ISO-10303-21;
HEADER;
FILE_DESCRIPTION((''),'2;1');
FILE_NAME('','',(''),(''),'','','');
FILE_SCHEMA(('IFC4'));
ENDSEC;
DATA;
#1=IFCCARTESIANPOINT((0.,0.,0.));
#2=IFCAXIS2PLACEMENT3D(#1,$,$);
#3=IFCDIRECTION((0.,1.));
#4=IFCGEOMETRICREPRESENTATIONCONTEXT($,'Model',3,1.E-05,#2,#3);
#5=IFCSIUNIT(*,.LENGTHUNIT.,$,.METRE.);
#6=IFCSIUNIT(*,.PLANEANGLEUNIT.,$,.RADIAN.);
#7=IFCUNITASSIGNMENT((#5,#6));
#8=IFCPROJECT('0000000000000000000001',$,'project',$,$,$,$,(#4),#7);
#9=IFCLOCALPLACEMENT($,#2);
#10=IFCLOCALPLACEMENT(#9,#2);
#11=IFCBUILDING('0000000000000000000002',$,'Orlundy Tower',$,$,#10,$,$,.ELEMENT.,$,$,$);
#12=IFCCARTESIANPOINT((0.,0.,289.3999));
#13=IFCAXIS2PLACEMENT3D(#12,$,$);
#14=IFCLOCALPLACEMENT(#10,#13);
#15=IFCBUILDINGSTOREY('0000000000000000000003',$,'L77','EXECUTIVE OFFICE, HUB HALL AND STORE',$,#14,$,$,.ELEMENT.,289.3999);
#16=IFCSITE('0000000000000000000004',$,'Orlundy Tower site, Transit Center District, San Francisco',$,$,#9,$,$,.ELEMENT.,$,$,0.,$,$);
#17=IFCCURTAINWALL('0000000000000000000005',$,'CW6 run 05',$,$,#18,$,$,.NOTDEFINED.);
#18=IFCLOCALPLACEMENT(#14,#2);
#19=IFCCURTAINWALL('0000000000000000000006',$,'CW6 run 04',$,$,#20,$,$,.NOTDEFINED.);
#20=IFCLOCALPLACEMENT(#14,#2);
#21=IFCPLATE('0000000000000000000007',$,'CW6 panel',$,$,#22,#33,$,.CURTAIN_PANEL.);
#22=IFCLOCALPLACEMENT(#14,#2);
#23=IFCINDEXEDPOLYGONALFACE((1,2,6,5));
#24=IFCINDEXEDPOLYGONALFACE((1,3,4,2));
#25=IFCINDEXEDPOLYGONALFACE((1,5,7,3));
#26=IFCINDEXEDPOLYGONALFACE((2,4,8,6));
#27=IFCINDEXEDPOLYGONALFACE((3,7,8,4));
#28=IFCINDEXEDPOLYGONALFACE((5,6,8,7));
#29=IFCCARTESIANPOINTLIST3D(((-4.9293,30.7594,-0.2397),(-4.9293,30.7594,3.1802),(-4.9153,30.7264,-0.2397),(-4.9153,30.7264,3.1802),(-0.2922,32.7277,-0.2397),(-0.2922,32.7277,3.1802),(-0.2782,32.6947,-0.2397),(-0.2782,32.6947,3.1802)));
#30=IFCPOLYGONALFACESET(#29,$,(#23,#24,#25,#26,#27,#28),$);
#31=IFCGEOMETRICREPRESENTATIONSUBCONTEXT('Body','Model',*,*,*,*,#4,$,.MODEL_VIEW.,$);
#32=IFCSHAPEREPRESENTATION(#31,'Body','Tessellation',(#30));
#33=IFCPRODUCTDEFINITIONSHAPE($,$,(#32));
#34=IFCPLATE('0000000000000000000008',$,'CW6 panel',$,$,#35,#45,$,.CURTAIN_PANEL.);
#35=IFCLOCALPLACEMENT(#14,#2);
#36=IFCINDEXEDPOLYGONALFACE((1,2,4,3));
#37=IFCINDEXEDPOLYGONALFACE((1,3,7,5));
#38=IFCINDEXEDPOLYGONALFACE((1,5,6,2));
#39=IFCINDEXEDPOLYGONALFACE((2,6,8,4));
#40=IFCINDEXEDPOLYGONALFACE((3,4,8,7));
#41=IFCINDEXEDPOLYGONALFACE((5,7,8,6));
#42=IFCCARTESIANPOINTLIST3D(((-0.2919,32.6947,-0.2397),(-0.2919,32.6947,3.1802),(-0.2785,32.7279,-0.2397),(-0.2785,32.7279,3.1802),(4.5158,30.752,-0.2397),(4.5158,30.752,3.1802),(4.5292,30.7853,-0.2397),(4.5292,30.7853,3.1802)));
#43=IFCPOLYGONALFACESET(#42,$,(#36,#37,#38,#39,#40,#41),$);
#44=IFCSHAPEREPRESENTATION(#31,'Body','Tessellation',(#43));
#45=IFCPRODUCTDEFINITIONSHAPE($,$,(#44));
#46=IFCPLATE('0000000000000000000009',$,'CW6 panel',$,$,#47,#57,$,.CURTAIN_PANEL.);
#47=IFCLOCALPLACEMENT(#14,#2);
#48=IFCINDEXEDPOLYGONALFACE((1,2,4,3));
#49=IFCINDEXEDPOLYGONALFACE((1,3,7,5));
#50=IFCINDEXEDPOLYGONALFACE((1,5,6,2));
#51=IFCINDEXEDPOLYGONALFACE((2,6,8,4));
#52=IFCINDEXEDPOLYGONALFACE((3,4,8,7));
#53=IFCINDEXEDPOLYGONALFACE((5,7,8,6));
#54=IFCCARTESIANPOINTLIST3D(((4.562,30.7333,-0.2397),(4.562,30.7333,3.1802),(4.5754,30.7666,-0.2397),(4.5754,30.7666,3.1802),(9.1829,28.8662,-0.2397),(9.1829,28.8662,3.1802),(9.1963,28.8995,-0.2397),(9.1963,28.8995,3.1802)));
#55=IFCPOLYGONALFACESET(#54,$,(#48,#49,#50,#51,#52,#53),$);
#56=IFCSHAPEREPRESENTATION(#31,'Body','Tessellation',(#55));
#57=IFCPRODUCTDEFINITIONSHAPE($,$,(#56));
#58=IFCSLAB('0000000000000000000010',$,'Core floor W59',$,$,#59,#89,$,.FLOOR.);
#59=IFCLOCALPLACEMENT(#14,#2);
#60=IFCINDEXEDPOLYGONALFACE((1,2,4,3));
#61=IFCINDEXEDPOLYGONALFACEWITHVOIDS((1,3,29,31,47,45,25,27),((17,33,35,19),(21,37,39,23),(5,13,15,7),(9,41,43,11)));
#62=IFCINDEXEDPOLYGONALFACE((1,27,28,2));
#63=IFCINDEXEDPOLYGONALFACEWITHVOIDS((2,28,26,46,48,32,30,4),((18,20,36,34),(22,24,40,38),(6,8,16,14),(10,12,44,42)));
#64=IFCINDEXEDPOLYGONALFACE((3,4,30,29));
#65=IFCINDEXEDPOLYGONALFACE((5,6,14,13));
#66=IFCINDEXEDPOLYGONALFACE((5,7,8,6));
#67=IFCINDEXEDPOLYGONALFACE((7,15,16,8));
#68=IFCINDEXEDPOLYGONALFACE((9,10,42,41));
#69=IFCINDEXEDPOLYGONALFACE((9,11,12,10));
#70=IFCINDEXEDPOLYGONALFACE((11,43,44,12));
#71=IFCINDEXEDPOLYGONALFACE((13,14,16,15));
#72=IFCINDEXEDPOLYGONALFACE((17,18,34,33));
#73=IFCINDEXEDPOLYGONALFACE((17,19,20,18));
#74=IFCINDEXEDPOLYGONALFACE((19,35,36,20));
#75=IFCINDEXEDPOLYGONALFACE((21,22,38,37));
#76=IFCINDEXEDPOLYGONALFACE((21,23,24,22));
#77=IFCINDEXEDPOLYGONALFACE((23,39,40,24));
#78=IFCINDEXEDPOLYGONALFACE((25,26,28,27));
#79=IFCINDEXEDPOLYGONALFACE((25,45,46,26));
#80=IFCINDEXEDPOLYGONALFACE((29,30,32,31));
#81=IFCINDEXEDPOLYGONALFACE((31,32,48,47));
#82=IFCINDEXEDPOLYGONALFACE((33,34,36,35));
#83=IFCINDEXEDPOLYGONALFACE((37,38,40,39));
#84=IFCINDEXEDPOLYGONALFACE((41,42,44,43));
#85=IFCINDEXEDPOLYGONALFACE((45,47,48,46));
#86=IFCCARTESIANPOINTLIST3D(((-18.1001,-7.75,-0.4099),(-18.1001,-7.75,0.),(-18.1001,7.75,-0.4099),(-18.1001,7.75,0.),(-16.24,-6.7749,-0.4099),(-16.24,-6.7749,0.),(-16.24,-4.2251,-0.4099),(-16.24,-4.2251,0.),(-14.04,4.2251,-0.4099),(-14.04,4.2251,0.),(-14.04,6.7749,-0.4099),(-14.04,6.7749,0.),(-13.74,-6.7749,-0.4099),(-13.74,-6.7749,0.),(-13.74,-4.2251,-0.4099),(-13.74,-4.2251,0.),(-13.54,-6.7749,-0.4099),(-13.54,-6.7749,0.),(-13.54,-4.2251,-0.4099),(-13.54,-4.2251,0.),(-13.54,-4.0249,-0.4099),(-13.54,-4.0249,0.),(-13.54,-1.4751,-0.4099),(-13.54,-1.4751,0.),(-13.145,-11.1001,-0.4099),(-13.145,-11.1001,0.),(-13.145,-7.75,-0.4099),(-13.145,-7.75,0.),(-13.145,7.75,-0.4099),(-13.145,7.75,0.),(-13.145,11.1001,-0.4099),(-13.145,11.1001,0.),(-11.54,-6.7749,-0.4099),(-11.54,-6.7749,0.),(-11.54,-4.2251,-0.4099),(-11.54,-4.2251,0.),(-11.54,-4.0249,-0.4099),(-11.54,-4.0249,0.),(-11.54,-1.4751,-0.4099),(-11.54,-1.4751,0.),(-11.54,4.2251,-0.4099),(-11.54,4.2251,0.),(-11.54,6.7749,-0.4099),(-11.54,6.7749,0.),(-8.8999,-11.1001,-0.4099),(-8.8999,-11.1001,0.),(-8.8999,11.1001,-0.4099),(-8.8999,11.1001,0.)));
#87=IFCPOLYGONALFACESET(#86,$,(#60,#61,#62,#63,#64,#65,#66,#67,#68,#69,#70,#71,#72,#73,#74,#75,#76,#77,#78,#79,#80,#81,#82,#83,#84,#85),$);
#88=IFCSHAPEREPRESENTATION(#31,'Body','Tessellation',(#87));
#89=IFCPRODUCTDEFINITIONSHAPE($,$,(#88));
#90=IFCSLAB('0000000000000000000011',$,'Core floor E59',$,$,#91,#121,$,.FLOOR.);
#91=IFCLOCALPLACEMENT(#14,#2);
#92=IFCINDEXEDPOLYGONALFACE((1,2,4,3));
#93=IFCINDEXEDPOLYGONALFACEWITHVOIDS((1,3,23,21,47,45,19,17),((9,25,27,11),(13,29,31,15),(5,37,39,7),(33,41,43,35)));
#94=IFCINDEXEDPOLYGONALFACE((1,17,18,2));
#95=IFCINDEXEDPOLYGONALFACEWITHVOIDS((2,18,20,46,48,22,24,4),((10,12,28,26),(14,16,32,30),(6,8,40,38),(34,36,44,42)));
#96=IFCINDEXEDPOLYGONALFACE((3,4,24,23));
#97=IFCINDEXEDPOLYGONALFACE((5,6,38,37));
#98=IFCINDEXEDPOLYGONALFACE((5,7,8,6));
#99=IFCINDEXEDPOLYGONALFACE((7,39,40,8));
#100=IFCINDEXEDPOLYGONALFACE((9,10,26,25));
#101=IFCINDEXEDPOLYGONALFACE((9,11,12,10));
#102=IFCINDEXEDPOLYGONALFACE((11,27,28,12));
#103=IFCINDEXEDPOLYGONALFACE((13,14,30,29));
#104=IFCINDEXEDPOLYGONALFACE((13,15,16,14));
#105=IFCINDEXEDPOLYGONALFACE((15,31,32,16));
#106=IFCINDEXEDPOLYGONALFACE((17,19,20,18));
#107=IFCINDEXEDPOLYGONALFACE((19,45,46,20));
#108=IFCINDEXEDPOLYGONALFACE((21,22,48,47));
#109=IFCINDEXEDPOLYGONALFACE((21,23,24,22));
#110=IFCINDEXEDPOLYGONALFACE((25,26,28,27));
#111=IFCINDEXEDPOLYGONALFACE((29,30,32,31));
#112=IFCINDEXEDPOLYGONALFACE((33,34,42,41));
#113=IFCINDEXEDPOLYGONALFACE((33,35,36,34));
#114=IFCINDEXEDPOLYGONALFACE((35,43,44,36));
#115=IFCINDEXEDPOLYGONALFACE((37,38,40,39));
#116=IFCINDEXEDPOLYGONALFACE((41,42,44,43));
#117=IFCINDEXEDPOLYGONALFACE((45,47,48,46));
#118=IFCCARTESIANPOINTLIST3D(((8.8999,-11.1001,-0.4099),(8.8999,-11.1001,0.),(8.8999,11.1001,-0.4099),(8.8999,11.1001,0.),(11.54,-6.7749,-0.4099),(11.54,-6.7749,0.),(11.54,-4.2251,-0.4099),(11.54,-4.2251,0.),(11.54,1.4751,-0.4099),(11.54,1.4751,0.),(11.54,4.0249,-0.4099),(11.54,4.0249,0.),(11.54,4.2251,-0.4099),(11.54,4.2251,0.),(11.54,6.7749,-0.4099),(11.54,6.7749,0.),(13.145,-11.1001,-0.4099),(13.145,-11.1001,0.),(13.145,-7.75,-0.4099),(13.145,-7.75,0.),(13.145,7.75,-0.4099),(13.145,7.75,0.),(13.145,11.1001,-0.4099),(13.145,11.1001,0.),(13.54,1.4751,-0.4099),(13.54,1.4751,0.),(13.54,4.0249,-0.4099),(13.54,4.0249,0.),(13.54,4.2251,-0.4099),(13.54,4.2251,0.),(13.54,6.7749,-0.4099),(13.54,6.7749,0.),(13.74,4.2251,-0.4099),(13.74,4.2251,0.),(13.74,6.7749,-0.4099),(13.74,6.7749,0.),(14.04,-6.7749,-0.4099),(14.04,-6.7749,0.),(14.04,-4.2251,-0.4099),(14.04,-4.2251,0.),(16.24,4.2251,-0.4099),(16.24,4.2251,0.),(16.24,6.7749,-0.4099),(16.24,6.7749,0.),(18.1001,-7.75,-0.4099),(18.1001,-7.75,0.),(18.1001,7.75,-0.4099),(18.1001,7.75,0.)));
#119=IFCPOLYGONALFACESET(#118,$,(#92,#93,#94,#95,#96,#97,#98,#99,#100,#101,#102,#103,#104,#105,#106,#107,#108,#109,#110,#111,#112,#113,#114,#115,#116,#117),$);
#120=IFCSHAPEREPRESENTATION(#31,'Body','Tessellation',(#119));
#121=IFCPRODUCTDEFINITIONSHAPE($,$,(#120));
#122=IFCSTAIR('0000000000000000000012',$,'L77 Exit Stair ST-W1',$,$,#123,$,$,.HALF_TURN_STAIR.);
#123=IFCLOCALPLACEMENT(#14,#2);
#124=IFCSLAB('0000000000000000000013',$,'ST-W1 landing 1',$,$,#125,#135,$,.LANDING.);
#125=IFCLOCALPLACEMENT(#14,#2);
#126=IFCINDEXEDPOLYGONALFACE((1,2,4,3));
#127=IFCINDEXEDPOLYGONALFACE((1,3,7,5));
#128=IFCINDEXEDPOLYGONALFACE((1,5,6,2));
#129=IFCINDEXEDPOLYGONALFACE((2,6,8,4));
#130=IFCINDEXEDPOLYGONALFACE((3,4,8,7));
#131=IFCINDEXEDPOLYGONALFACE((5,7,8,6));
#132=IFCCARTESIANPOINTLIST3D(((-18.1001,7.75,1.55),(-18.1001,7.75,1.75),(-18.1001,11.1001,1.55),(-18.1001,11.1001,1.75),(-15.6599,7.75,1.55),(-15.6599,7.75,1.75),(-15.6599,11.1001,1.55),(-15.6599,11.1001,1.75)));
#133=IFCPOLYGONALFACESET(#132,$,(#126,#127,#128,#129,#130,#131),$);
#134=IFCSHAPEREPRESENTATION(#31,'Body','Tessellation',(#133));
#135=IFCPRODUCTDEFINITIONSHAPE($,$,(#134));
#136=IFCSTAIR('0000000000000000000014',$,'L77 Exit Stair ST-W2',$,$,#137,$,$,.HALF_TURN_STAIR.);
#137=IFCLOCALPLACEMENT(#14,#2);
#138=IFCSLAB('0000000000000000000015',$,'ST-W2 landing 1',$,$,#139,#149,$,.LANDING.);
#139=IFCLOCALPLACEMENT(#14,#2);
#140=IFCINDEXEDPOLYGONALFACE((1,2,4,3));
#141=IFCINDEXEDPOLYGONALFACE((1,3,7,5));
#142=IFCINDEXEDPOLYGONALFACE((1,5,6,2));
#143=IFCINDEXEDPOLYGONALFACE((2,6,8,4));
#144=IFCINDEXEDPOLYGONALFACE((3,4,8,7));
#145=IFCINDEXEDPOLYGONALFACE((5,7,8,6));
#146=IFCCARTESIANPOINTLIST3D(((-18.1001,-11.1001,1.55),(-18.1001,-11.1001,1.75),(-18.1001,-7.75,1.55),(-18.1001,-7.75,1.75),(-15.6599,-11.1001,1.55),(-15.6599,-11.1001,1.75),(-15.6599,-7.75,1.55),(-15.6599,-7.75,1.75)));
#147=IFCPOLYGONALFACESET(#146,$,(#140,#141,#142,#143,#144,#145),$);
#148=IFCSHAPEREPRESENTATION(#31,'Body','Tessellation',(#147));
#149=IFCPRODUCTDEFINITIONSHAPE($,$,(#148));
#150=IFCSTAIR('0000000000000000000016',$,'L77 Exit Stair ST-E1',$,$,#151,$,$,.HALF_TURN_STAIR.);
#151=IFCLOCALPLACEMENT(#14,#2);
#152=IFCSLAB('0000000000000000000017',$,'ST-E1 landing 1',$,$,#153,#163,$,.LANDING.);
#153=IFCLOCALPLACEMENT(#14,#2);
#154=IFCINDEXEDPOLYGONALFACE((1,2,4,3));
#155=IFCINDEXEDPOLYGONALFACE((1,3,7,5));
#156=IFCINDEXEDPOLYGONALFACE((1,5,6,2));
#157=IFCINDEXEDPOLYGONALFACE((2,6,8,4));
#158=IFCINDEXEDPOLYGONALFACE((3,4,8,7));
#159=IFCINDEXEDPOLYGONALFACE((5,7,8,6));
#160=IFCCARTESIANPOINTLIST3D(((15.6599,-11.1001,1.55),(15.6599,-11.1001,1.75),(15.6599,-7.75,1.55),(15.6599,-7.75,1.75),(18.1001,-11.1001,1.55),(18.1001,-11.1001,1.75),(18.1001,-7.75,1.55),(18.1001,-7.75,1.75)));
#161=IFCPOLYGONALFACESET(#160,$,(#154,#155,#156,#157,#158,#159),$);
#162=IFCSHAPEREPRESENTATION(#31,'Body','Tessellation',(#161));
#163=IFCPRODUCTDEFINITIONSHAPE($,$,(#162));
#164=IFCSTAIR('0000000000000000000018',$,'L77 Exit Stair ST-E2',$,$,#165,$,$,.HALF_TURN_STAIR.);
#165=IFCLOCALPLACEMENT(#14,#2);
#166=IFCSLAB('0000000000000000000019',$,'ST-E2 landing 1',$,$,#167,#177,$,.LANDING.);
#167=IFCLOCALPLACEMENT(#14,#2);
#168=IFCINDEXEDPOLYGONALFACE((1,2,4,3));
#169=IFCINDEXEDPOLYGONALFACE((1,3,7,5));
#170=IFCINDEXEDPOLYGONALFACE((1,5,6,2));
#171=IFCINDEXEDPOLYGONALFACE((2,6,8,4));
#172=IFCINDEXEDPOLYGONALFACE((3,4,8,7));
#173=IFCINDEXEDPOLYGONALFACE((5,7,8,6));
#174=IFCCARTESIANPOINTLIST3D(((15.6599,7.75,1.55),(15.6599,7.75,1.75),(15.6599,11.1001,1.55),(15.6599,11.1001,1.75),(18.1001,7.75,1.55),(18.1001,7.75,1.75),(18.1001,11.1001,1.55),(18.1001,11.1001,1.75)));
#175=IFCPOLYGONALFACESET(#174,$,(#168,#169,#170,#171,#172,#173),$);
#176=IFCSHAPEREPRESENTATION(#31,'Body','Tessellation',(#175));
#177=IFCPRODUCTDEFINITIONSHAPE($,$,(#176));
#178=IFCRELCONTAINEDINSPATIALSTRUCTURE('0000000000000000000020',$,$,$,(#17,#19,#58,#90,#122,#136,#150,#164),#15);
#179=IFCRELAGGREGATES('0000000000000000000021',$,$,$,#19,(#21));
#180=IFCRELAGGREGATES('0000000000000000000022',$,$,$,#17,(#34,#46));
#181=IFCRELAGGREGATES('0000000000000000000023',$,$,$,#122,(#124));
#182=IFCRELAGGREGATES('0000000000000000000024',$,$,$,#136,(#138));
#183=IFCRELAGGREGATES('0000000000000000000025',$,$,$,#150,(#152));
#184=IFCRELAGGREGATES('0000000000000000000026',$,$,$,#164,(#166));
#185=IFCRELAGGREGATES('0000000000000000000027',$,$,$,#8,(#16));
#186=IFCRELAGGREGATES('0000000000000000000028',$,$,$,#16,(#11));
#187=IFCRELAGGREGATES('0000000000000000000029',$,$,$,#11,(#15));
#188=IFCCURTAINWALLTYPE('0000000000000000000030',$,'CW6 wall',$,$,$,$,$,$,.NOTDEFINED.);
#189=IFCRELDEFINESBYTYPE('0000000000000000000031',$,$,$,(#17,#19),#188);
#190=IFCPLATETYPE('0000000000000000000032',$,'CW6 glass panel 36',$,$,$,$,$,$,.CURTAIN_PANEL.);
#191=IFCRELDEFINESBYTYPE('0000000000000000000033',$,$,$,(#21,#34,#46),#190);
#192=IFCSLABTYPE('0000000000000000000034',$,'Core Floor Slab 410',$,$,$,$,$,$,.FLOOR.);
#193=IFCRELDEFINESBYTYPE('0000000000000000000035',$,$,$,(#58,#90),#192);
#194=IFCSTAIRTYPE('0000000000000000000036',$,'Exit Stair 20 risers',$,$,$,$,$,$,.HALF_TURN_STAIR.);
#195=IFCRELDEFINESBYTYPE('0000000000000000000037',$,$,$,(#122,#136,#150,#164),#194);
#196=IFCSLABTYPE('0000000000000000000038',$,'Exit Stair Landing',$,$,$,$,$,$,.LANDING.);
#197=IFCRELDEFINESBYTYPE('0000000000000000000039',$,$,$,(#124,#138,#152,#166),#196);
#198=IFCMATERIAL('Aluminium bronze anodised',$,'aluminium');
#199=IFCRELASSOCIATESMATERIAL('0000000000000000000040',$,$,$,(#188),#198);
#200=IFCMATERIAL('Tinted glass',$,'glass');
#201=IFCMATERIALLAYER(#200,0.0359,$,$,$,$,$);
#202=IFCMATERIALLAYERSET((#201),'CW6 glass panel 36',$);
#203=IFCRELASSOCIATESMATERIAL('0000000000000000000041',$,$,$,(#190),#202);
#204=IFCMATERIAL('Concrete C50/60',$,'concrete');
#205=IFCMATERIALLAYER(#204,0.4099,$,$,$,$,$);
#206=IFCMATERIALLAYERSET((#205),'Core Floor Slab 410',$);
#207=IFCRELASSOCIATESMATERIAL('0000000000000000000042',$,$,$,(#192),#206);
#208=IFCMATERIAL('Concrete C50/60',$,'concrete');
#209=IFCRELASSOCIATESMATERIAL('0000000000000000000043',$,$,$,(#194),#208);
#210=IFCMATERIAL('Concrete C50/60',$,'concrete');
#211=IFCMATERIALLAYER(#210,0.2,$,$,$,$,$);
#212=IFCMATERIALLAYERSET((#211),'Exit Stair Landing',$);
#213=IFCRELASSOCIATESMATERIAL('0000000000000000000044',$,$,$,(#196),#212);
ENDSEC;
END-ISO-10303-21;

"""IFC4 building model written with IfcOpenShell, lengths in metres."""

from ifc_helpers import new_model, si_unit, direction, frame, origin, origin_2d, place, context, subcontext, project, spatial, polyline, rectangle, outline, extrude, material, layer, layer_set, type_object, element, aggregate, save


model = new_model("IFC4")

# Units and contexts
model_context = context("Model", 3, precision=1e-05, world=origin(), true_north=direction((0.0, 1.0)))
body_context = subcontext(model_context, "Body", "Model", "MODEL_VIEW")
ifc_project = project(units=[si_unit("LENGTHUNIT", "METRE"), si_unit("PLANEANGLEUNIT", "RADIAN")], contexts=[model_context])

# Site, building, storey
site_placement = place(None, origin())
site = spatial("IfcSite", under=ifc_project, at=site_placement, Name="Orlundy Tower site, Transit Center District, San Francisco", CompositionType="ELEMENT", RefElevation=0.0)
building_placement = place(site_placement, origin())
building = spatial("IfcBuilding", under=site, at=building_placement, Name="Orlundy Tower", CompositionType="ELEMENT")
storey_placement = place(building_placement, frame((0.0, 0.0, 289.3999)))
storey = spatial("IfcBuildingStorey", under=building, at=storey_placement, Name="L77", Description="EXECUTIVE OFFICE, HUB HALL AND STORE", CompositionType="ELEMENT", Elevation=289.3999)

# Curtain wall
ifc_material_1 = material(Name="Aluminium bronze anodised", Category="aluminium")
curtain_wall_type = type_object("IfcCurtainWallType", Name="CW6 wall", PredefinedType="NOTDEFINED", material=ifc_material_1)
curtain_wall_1_placement = place(storey_placement, origin())
curtain_wall_1 = element("IfcCurtainWall", 1, at=curtain_wall_1_placement, inside=storey, type_object=curtain_wall_type, Name="CW6 run 05", PredefinedType="NOTDEFINED")

# Curtain wall
curtain_wall_2_placement = place(storey_placement, origin())
curtain_wall_2 = element("IfcCurtainWall", 2, at=curtain_wall_2_placement, inside=storey, type_object=curtain_wall_type, Name="CW6 run 04", PredefinedType="NOTDEFINED")

# Plates
ifc_material_2 = material(Name="Tinted glass", Category="glass")
ifc_layer_1 = layer(ifc_material_2, 0.0359)
ifc_layer_set_1 = layer_set([ifc_layer_1], Name="CW6 glass panel 36")
plate_type = type_object("IfcPlateType", Name="CW6 glass panel 36", PredefinedType="CURTAIN_PANEL", material=ifc_layer_set_1)
plate_1_placement = place(storey_placement, frame((-2.6038, 31.7271, -0.2397), z_axis=(0.0, 0.0, 1.0), x_axis=(0.920507, 0.390727, 0.0)))
plate_1 = element("IfcPlate", 3, at=plate_1_placement, type_object=plate_type, Name="CW6 panel", PredefinedType="CURTAIN_PANEL", context=body_context, shape_type="SweptSolid", body=[
    extrude(rectangle(XDim=5.0376, YDim=0.0359, at=origin_2d()), origin(), (0.0, 0.0, 1.0), 3.4199),
])
aggregate(curtain_wall_2, [plate_1])
plate_2_placement = place(storey_placement, frame((2.1187, 31.74, -0.2397), z_axis=(0.0, 0.0, 1.0), x_axis=(0.927171, -0.374639, 0.0)))
plate_2 = element("IfcPlate", 4, at=plate_2_placement, type_object=plate_type, Name="CW6 panel", PredefinedType="CURTAIN_PANEL", context=body_context, shape_type="SweptSolid", body=[
    extrude(rectangle(XDim=5.1853, YDim=0.0359, at=origin_2d()), origin(), (0.0, 0.0, 1.0), 3.4199),
])
plate_3_placement = place(storey_placement, frame((6.8792, 29.8164, -0.2397), z_axis=(0.0, 0.0, 1.0), x_axis=(0.927171, -0.374639, 0.0)))
plate_3 = element("IfcPlate", 5, at=plate_3_placement, type_object=plate_type, Name="CW6 panel", PredefinedType="CURTAIN_PANEL", context=body_context, shape_type="SweptSolid", body=[
    extrude(rectangle(XDim=4.9839, YDim=0.0359, at=origin_2d()), origin(), (0.0, 0.0, 1.0), 3.4199),
])
aggregate(curtain_wall_1, [plate_2, plate_3])

# Slabs
ifc_material_3 = material(Name="Concrete C50/60", Category="concrete")
ifc_layer_2 = layer(ifc_material_3, 0.4099)
ifc_layer_set_2 = layer_set([ifc_layer_2], Name="Core Floor Slab 410")
slab_type_1 = type_object("IfcSlabType", Name="Core Floor Slab 410", PredefinedType="FLOOR", material=ifc_layer_set_2)
slab_1_placement = place(storey_placement, frame((0.0, 0.0, -0.4099)))
element("IfcSlab", 6, at=slab_1_placement, inside=storey, type_object=slab_type_1, Name="Core floor W59", PredefinedType="FLOOR", context=body_context, shape_type="SweptSolid", body=[
    extrude(outline(polyline([(-18.1001, 7.75), (-13.145, 7.75), (-13.145, 11.1001), (-8.8999, 11.1001), (-8.8999, -11.1001), (-13.145, -11.1001), (-13.145, -7.75), (-18.1001, -7.75), (-18.1001, 7.75)]), holes=[polyline([(-13.54, -4.2251), (-13.54, -6.7749), (-11.54, -6.7749), (-11.54, -4.2251), (-13.54, -4.2251)]), polyline([(-13.74, -4.2251), (-16.24, -4.2251), (-16.24, -6.7749), (-13.74, -6.7749), (-13.74, -4.2251)]), polyline([(-11.54, -4.0249), (-11.54, -1.4751), (-13.54, -1.4751), (-13.54, -4.0249), (-11.54, -4.0249)]), polyline([(-14.04, 4.2251), (-11.54, 4.2251), (-11.54, 6.7749), (-14.04, 6.7749), (-14.04, 4.2251)])]), origin(), (0.0, 0.0, 1.0), 0.4099),
])
slab_2_placement = place(storey_placement, frame((0.0, 0.0, -0.4099)))
element("IfcSlab", 7, at=slab_2_placement, inside=storey, type_object=slab_type_1, Name="Core floor E59", PredefinedType="FLOOR", context=body_context, shape_type="SweptSolid", body=[
    extrude(outline(polyline([(18.1001, -7.75), (13.145, -7.75), (13.145, -11.1001), (8.8999, -11.1001), (8.8999, 11.1001), (13.145, 11.1001), (13.145, 7.75), (18.1001, 7.75), (18.1001, -7.75)]), holes=[polyline([(13.54, 4.2251), (13.54, 6.7749), (11.54, 6.7749), (11.54, 4.2251), (13.54, 4.2251)]), polyline([(13.74, 4.2251), (16.24, 4.2251), (16.24, 6.7749), (13.74, 6.7749), (13.74, 4.2251)]), polyline([(11.54, 4.0249), (11.54, 1.4751), (13.54, 1.4751), (13.54, 4.0249), (11.54, 4.0249)]), polyline([(14.04, -4.2251), (11.54, -4.2251), (11.54, -6.7749), (14.04, -6.7749), (14.04, -4.2251)])]), origin(), (0.0, 0.0, 1.0), 0.4099),
])

# Stairs, slabs
ifc_material_4 = material(Name="Concrete C50/60", Category="concrete")
stair_type = type_object("IfcStairType", Name="Exit Stair 20 risers", PredefinedType="HALF_TURN_STAIR", material=ifc_material_4)
stair_1_placement = place(storey_placement, origin())
stair_1 = element("IfcStair", 8, at=stair_1_placement, inside=storey, type_object=stair_type, Name="L77 Exit Stair ST-W1", PredefinedType="HALF_TURN_STAIR")
ifc_material_5 = material(Name="Concrete C50/60", Category="concrete")
ifc_layer_3 = layer(ifc_material_5, 0.2)
ifc_layer_set_3 = layer_set([ifc_layer_3], Name="Exit Stair Landing")
slab_type_2 = type_object("IfcSlabType", Name="Exit Stair Landing", PredefinedType="LANDING", material=ifc_layer_set_3)
slab_3_placement = place(storey_placement, frame((0.0, 0.0, 1.55)))
slab_3 = element("IfcSlab", 9, at=slab_3_placement, type_object=slab_type_2, Name="ST-W1 landing 1", PredefinedType="LANDING", context=body_context, shape_type="SweptSolid", body=[
    extrude(outline(polyline([(-15.6599, 11.1001), (-18.1001, 11.1001), (-18.1001, 7.75), (-15.6599, 7.75), (-15.6599, 11.1001)])), origin(), (0.0, 0.0, 1.0), 0.2),
])
aggregate(stair_1, [slab_3])
stair_2_placement = place(storey_placement, origin())
stair_2 = element("IfcStair", 10, at=stair_2_placement, inside=storey, type_object=stair_type, Name="L77 Exit Stair ST-W2", PredefinedType="HALF_TURN_STAIR")
slab_4_placement = place(storey_placement, frame((0.0, 0.0, 1.55)))
slab_4 = element("IfcSlab", 11, at=slab_4_placement, type_object=slab_type_2, Name="ST-W2 landing 1", PredefinedType="LANDING", context=body_context, shape_type="SweptSolid", body=[
    extrude(outline(polyline([(-15.6599, -7.75), (-18.1001, -7.75), (-18.1001, -11.1001), (-15.6599, -11.1001), (-15.6599, -7.75)])), origin(), (0.0, 0.0, 1.0), 0.2),
])
aggregate(stair_2, [slab_4])
stair_3_placement = place(storey_placement, origin())
stair_3 = element("IfcStair", 12, at=stair_3_placement, inside=storey, type_object=stair_type, Name="L77 Exit Stair ST-E1", PredefinedType="HALF_TURN_STAIR")
slab_5_placement = place(storey_placement, frame((0.0, 0.0, 1.55)))
slab_5 = element("IfcSlab", 13, at=slab_5_placement, type_object=slab_type_2, Name="ST-E1 landing 1", PredefinedType="LANDING", context=body_context, shape_type="SweptSolid", body=[
    extrude(outline(polyline([(15.6599, -11.1001), (18.1001, -11.1001), (18.1001, -7.75), (15.6599, -7.75), (15.6599, -11.1001)])), origin(), (0.0, 0.0, 1.0), 0.2),
])
aggregate(stair_3, [slab_5])
stair_4_placement = place(storey_placement, origin())
stair_4 = element("IfcStair", 14, at=stair_4_placement, inside=storey, type_object=stair_type, Name="L77 Exit Stair ST-E2", PredefinedType="HALF_TURN_STAIR")
slab_6_placement = place(storey_placement, frame((0.0, 0.0, 1.55)))
slab_6 = element("IfcSlab", 15, at=slab_6_placement, type_object=slab_type_2, Name="ST-E2 landing 1", PredefinedType="LANDING", context=body_context, shape_type="SweptSolid", body=[
    extrude(outline(polyline([(15.6599, 7.75), (18.1001, 7.75), (18.1001, 11.1001), (15.6599, 11.1001), (15.6599, 7.75)])), origin(), (0.0, 0.0, 1.0), 0.2),
])
aggregate(stair_4, [slab_6])

save(model, "model.ifc")
